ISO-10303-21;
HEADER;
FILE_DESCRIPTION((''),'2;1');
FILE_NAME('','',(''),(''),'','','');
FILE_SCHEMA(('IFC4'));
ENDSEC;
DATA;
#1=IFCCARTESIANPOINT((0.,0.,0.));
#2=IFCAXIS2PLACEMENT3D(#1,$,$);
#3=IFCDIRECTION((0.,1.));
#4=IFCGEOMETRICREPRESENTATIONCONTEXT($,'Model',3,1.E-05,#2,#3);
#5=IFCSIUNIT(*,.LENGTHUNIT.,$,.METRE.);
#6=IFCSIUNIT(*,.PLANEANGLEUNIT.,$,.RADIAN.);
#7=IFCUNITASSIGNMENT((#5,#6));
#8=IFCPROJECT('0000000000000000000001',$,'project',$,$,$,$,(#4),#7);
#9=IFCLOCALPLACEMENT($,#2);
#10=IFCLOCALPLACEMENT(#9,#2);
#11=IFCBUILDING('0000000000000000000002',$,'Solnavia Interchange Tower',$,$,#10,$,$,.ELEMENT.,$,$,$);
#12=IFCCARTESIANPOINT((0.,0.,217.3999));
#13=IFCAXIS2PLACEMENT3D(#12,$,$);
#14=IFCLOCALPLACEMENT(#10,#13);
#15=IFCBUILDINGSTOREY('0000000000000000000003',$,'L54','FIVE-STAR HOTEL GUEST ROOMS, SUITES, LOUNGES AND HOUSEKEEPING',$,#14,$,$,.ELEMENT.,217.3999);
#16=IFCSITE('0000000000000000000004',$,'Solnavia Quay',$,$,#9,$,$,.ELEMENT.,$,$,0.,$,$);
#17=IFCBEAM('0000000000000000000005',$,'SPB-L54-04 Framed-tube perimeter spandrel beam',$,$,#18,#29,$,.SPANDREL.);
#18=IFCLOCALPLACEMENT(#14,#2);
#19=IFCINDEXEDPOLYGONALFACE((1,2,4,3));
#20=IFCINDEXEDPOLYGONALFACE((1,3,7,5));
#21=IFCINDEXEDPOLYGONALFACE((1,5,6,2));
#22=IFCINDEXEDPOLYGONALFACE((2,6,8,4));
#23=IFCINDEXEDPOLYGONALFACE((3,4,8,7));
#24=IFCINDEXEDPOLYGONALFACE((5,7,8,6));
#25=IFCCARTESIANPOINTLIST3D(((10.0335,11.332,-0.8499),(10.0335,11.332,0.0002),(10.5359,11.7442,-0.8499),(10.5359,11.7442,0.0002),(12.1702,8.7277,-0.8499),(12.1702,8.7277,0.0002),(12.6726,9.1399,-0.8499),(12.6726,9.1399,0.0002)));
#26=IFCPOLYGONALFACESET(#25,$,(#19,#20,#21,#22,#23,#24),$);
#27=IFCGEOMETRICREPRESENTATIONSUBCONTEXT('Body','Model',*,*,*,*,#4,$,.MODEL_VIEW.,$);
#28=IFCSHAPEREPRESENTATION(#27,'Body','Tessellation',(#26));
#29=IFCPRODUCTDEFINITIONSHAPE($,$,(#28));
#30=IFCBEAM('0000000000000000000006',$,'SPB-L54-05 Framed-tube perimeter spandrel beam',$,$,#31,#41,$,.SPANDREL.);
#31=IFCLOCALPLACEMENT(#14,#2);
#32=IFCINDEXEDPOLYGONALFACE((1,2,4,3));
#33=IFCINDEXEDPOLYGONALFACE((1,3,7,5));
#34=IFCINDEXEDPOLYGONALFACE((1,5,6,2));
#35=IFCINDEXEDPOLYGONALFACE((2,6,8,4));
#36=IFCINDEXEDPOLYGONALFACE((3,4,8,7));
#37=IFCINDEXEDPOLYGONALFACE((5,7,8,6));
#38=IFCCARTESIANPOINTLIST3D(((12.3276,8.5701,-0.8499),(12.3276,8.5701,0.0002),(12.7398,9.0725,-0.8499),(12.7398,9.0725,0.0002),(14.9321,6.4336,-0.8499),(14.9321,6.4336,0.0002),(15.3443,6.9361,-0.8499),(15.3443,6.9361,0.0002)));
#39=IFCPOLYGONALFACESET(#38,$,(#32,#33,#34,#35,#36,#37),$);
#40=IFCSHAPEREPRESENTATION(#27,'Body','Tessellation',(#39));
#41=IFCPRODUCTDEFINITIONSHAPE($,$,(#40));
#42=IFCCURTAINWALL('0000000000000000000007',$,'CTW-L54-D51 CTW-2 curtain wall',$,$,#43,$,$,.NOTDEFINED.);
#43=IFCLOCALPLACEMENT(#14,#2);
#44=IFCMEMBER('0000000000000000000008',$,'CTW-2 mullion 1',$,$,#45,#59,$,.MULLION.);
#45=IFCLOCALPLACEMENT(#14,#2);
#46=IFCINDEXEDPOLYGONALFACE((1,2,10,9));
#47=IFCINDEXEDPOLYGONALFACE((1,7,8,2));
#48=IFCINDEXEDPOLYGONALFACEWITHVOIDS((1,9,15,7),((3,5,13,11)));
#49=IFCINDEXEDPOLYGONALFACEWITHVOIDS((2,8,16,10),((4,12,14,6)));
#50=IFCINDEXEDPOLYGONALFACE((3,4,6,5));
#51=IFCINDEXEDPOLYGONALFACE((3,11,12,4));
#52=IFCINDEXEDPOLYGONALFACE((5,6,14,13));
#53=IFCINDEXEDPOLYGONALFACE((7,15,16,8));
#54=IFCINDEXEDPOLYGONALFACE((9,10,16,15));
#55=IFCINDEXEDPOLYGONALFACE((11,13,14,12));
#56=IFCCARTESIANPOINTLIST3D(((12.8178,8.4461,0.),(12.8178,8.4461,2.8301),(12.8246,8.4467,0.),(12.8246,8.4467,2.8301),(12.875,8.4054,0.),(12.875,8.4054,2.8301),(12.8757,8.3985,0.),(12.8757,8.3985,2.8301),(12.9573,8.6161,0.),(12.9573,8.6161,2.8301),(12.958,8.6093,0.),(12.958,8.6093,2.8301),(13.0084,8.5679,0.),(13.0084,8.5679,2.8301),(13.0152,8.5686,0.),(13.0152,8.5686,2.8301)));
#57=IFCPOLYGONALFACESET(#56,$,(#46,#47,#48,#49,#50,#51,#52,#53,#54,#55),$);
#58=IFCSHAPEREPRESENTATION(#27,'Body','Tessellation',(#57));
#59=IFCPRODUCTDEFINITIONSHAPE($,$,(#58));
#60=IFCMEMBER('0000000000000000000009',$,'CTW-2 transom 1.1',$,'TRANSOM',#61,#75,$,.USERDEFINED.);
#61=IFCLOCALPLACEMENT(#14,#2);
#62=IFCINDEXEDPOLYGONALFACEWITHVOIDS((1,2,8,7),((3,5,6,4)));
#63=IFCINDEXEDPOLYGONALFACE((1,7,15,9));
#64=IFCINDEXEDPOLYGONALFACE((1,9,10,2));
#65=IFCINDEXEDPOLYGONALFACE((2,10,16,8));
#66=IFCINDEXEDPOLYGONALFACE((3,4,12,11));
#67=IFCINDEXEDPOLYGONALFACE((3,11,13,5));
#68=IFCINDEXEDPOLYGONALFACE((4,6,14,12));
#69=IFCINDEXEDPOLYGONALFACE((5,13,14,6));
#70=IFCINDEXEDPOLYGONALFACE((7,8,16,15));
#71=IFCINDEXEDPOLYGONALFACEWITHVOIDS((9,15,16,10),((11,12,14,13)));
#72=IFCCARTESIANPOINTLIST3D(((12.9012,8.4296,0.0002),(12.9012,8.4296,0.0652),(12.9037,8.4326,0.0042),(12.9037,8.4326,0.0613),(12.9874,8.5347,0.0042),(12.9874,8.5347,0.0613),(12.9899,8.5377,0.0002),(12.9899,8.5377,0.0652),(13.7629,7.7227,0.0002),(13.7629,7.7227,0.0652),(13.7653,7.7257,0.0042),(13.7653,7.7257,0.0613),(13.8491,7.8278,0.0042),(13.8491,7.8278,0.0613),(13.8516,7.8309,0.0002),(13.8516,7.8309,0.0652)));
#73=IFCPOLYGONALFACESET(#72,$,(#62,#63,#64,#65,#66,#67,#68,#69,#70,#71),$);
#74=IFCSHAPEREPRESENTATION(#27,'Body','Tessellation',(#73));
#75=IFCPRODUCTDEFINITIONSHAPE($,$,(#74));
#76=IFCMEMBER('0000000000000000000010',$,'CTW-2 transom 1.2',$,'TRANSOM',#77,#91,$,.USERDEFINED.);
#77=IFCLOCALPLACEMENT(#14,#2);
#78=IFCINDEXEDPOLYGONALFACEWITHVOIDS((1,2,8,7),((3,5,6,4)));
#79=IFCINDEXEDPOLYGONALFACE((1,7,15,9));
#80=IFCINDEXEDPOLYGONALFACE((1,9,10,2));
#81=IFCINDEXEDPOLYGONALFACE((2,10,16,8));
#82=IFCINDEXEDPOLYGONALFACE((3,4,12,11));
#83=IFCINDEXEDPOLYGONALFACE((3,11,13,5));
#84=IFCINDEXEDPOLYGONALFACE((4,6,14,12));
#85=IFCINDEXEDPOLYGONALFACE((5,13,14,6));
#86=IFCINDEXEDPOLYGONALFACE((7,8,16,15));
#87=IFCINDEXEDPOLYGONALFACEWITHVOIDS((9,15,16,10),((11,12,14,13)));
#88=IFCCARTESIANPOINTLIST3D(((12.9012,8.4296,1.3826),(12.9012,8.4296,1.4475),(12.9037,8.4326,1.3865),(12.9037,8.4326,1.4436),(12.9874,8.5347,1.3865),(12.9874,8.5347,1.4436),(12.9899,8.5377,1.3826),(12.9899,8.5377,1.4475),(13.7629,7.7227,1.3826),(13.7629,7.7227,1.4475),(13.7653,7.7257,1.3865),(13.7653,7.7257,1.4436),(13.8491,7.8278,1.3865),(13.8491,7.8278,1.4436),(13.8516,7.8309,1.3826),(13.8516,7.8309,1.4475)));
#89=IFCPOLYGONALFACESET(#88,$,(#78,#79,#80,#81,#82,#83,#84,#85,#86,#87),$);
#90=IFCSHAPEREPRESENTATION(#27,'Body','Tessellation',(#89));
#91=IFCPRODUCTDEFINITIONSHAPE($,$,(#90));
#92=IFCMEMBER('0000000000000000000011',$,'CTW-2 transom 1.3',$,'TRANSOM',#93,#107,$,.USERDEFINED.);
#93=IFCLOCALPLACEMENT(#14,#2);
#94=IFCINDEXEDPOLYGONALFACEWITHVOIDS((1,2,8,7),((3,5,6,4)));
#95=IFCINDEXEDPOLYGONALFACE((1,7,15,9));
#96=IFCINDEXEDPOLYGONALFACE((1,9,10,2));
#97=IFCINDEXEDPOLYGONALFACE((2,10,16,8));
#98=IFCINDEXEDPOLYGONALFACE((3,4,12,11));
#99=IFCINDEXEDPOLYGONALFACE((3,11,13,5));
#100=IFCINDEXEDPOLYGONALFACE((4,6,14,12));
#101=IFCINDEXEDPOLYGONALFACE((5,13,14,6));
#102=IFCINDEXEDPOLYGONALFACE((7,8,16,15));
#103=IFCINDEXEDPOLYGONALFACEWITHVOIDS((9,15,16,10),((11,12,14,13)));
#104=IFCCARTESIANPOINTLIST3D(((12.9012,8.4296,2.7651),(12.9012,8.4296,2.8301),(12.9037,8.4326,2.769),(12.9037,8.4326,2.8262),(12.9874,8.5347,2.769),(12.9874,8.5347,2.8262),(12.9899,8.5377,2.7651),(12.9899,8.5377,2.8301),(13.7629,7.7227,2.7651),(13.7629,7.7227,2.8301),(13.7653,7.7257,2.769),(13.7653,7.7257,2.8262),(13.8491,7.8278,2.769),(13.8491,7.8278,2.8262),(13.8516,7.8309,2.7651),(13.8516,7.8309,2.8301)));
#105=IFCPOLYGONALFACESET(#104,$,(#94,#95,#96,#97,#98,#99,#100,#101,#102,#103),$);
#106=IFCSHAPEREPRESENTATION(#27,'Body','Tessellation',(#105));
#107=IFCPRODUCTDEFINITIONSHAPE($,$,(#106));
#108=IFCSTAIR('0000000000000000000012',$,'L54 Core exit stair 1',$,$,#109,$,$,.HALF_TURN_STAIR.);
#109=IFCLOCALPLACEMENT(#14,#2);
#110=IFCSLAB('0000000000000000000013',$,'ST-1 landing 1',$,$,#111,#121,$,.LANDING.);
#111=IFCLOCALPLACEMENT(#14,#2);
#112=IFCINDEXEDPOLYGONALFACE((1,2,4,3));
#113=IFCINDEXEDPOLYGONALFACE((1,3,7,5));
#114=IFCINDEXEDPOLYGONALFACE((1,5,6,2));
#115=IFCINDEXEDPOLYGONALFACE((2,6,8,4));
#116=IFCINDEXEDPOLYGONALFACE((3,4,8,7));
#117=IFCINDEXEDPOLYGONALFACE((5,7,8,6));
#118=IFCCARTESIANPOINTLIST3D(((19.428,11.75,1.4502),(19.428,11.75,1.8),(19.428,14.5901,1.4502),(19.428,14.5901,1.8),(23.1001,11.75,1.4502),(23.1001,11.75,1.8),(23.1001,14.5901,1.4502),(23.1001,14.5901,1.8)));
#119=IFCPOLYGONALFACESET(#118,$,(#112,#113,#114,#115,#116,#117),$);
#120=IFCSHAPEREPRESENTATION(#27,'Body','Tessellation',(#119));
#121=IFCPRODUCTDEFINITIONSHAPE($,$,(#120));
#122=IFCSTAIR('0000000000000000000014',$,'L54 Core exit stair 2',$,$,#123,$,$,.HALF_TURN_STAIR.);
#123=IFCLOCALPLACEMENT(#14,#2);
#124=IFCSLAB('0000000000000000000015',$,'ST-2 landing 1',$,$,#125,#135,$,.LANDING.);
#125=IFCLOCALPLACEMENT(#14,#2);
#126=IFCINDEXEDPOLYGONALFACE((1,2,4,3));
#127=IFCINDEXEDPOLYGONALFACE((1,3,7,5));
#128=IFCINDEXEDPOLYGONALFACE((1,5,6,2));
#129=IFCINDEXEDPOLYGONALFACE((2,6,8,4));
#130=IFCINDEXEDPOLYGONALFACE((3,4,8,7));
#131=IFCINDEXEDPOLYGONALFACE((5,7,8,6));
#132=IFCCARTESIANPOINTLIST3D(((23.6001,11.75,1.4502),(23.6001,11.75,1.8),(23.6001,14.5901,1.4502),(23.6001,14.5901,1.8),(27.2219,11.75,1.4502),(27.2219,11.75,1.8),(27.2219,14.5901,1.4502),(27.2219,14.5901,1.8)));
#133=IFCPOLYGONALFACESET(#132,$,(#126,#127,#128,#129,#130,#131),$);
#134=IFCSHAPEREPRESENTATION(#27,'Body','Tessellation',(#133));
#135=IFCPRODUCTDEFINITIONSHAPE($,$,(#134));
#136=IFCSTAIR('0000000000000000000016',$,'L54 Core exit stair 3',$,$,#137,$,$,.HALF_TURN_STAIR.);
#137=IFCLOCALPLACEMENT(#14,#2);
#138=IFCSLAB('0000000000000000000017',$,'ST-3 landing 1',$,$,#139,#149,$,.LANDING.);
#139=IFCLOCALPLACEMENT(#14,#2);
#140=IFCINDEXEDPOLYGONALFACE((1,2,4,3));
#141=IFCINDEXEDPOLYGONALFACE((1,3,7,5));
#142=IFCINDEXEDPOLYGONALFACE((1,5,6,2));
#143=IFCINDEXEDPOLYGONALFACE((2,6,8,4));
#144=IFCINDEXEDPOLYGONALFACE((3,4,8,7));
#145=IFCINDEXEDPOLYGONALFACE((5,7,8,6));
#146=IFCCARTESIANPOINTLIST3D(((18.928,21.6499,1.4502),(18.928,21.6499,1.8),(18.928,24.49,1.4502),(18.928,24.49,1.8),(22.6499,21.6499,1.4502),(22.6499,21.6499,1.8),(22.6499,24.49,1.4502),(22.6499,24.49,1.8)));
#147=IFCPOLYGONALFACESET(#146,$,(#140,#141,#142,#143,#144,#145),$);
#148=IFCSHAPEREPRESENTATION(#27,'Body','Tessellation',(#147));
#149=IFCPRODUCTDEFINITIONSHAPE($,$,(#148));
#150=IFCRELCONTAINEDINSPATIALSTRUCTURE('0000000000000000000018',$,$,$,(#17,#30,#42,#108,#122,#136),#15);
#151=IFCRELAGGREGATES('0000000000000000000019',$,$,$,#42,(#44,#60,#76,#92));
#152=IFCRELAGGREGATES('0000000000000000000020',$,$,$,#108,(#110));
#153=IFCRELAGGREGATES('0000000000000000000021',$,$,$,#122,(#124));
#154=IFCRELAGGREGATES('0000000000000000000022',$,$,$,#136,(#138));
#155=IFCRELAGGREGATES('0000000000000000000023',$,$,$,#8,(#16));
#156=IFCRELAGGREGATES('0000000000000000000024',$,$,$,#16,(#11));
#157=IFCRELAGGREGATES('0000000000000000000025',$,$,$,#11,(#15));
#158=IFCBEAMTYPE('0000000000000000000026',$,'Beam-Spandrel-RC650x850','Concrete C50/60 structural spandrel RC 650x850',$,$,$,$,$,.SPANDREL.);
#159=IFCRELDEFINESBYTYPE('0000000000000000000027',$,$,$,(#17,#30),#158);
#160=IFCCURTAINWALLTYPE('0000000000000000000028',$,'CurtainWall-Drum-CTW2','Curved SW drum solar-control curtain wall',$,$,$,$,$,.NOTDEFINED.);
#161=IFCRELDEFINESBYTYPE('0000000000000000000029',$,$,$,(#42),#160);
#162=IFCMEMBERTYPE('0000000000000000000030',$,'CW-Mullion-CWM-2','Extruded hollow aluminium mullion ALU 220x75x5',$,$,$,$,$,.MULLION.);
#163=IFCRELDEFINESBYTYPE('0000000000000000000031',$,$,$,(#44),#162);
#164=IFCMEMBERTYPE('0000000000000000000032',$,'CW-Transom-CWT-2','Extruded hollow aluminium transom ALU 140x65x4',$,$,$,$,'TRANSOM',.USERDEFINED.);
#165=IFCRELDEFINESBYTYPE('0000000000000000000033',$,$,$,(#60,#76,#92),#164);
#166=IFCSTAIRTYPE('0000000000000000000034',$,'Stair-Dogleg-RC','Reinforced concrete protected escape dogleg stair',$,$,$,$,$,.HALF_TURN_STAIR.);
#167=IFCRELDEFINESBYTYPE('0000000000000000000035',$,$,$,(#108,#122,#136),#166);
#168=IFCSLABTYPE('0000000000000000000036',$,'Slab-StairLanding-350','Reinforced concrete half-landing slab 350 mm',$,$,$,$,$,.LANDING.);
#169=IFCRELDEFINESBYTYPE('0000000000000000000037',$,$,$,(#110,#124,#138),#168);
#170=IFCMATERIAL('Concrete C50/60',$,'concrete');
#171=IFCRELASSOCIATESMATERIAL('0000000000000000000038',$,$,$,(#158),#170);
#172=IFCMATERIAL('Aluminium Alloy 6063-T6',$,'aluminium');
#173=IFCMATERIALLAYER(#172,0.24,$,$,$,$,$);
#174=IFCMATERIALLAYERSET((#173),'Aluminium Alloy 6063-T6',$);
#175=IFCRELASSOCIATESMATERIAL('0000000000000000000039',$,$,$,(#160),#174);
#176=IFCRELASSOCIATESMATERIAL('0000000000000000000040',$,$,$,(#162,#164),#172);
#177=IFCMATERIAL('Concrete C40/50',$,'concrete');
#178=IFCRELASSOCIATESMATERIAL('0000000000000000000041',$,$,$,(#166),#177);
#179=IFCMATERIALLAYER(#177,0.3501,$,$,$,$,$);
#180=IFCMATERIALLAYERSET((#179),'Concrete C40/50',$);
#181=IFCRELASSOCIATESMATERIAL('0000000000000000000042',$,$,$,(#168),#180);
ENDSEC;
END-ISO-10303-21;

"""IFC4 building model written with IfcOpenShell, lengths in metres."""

from ifc_helpers import new_model, si_unit, direction, frame, origin, origin_2d, place, context, subcontext, project, spatial, polyline, rectangle, hollow_rectangle, outline, extrude, material, layer, layer_set, material_profile, profile_set, type_object, element, aggregate, save


model = new_model("IFC4")

# Units and contexts
model_context = context("Model", 3, precision=1e-05, world=origin(), true_north=direction((0.0, 1.0)))
body_context = subcontext(model_context, "Body", "Model", "MODEL_VIEW")
ifc_project = project(units=[si_unit("LENGTHUNIT", "METRE"), si_unit("PLANEANGLEUNIT", "RADIAN")], contexts=[model_context])

# Site, building, storey
site_placement = place(None, origin())
site = spatial("IfcSite", under=ifc_project, at=site_placement, Name="Solnavia Quay", CompositionType="ELEMENT", RefElevation=0.0)
building_placement = place(site_placement, origin())
building = spatial("IfcBuilding", under=site, at=building_placement, Name="Solnavia Interchange Tower", CompositionType="ELEMENT")
storey_placement = place(building_placement, frame((0.0, 0.0, 217.3999)))
storey = spatial("IfcBuildingStorey", under=building, at=storey_placement, Name="L54", Description="FIVE-STAR HOTEL GUEST ROOMS, SUITES, LOUNGES AND HOUSEKEEPING", CompositionType="ELEMENT", Elevation=217.3999)

# Shared definitions
ifc_material_1 = material(Name="Concrete C50/60", Category="concrete")

# Beams
ifc_material_profile_1 = material_profile(ifc_material_1, rectangle(XDim=0.6499, YDim=0.8501, at=origin_2d()), Name="RC 650x850")
ifc_profile_set_1 = profile_set([ifc_material_profile_1], Name="Concrete C50/60")
beam_type_1 = type_object("IfcBeamType", Name="Beam-Spandrel-RC650x850", Description="Concrete C50/60 structural spandrel RC 650x850", PredefinedType="SPANDREL", material=ifc_profile_set_1)
for number, where, z_axis, x_axis, name in (
    (1, (10.2847, 11.5381, -0.4248), (0.634299, -0.773088, 0.0), (0.773088, 0.634299, 0.0), "SPB-L54-04 Framed-tube perimeter spandrel beam"),
    (2, (12.5337, 8.8213, -0.4248), (0.773153, -0.63422, 0.0), (0.63422, 0.773153, 0.0), "SPB-L54-05 Framed-tube perimeter spandrel beam"),
):
    element("IfcBeam", number, at=place(storey_placement, frame(where, z_axis=z_axis, x_axis=x_axis)), inside=storey, type_object=beam_type_1, Name=name, PredefinedType="SPANDREL", context=body_context, shape_type="SweptSolid", body=[
        extrude(rectangle(XDim=0.6499, YDim=0.8501, at=origin_2d()), origin(), (0.0, 0.0, 1.0), 3.3687),
    ])

# Curtain wall, members
ifc_material_2 = material(Name="Aluminium Alloy 6063-T6", Category="aluminium")
ifc_layer_1 = layer(ifc_material_2, 0.24)
ifc_layer_set_1 = layer_set([ifc_layer_1], Name="Aluminium Alloy 6063-T6")
curtain_wall_type = type_object("IfcCurtainWallType", Name="CurtainWall-Drum-CTW2", Description="Curved SW drum solar-control curtain wall", PredefinedType="NOTDEFINED", material=ifc_layer_set_1)
curtain_wall_placement = place(storey_placement, origin())
curtain_wall = element("IfcCurtainWall", 3, at=curtain_wall_placement, inside=storey, type_object=curtain_wall_type, Name="CTW-L54-D51 CTW-2 curtain wall", PredefinedType="NOTDEFINED")
ifc_material_profile_2 = material_profile(ifc_material_2, hollow_rectangle(XDim=0.075, YDim=0.22, WallThickness=0.0049, at=origin_2d()), Name="ALU 220x75x5")
ifc_profile_set_2 = profile_set([ifc_material_profile_2], Name="Aluminium Alloy 6063-T6")
member_type_1 = type_object("IfcMemberType", Name="CW-Mullion-CWM-2", Description="Extruded hollow aluminium mullion ALU 220x75x5", PredefinedType="MULLION", material=ifc_profile_set_2)
member_1_placement = place(storey_placement, frame((12.9165, 8.5073, 0.0), z_axis=(0.0, 0.0, 1.0), x_axis=(0.773103, -0.63428, 0.0)))
member_1 = element("IfcMember", 4, at=member_1_placement, type_object=member_type_1, Name="CTW-2 mullion 1", PredefinedType="MULLION", context=body_context, shape_type="SweptSolid", body=[
    extrude(hollow_rectangle(XDim=0.075, YDim=0.22, WallThickness=0.0049, at=origin_2d()), origin(), (0.0, 0.0, 1.0), 2.8301),
])
ifc_material_profile_3 = material_profile(ifc_material_2, hollow_rectangle(XDim=0.0649, YDim=0.1399, WallThickness=0.0039, at=origin_2d()), Name="ALU 140x65x4")
ifc_profile_set_3 = profile_set([ifc_material_profile_3], Name="Aluminium Alloy 6063-T6")
member_type_2 = type_object("IfcMemberType", Name="CW-Transom-CWT-2", Description="Extruded hollow aluminium transom ALU 140x65x4", ElementType="TRANSOM", PredefinedType="USERDEFINED", material=ifc_profile_set_3)
member_2_placement = place(storey_placement, frame((12.9456, 8.4836, 0.0327), z_axis=(0.773137, -0.634239, 0.0), x_axis=(0.0, 0.0, 1.0)))
member_2 = element("IfcMember", 5, at=member_2_placement, type_object=member_type_2, Name="CTW-2 transom 1.1", ObjectType="TRANSOM", PredefinedType="USERDEFINED", context=body_context, shape_type="SweptSolid", body=[
    extrude(hollow_rectangle(XDim=0.0649, YDim=0.1399, WallThickness=0.0039, at=origin_2d()), origin(), (0.0, 0.0, 1.0), 1.1145),
])
member_3_placement = place(storey_placement, frame((12.9456, 8.4836, 1.415), z_axis=(0.773137, -0.634239, 0.0), x_axis=(0.0, 0.0, 1.0)))
member_3 = element("IfcMember", 6, at=member_3_placement, type_object=member_type_2, Name="CTW-2 transom 1.2", ObjectType="TRANSOM", PredefinedType="USERDEFINED", context=body_context, shape_type="SweptSolid", body=[
    extrude(hollow_rectangle(XDim=0.0649, YDim=0.1399, WallThickness=0.0039, at=origin_2d()), origin(), (0.0, 0.0, 1.0), 1.1145),
])
member_4_placement = place(storey_placement, frame((12.9456, 8.4836, 2.7976), z_axis=(0.773137, -0.634239, 0.0), x_axis=(0.0, 0.0, 1.0)))
member_4 = element("IfcMember", 7, at=member_4_placement, type_object=member_type_2, Name="CTW-2 transom 1.3", ObjectType="TRANSOM", PredefinedType="USERDEFINED", context=body_context, shape_type="SweptSolid", body=[
    extrude(hollow_rectangle(XDim=0.0649, YDim=0.1399, WallThickness=0.0039, at=origin_2d()), origin(), (0.0, 0.0, 1.0), 1.1145),
])
aggregate(curtain_wall, [member_1, member_2, member_3, member_4])

# Stairs, slabs
ifc_material_3 = material(Name="Concrete C40/50", Category="concrete")
stair_type = type_object("IfcStairType", Name="Stair-Dogleg-RC", Description="Reinforced concrete protected escape dogleg stair", PredefinedType="HALF_TURN_STAIR", material=ifc_material_3)
stair_1_placement = place(storey_placement, origin())
stair_1 = element("IfcStair", 8, at=stair_1_placement, inside=storey, type_object=stair_type, Name="L54 Core exit stair 1", PredefinedType="HALF_TURN_STAIR")
ifc_layer_2 = layer(ifc_material_3, 0.3501)
ifc_layer_set_2 = layer_set([ifc_layer_2], Name="Concrete C40/50")
slab_type_1 = type_object("IfcSlabType", Name="Slab-StairLanding-350", Description="Reinforced concrete half-landing slab 350 mm", PredefinedType="LANDING", material=ifc_layer_set_2)
slab_1_placement = place(storey_placement, frame((0.0, 0.0, 1.4502)))
slab_1 = element("IfcSlab", 9, at=slab_1_placement, type_object=slab_type_1, Name="ST-1 landing 1", PredefinedType="LANDING", context=body_context, shape_type="SweptSolid", body=[
    extrude(outline(polyline([(19.428, 11.75), (23.1001, 11.75), (23.1001, 14.5901), (19.428, 14.5901), (19.428, 11.75)])), origin(), (0.0, 0.0, 1.0), 0.3499),
])
aggregate(stair_1, [slab_1])
stair_2_placement = place(storey_placement, origin())
stair_2 = element("IfcStair", 10, at=stair_2_placement, inside=storey, type_object=stair_type, Name="L54 Core exit stair 2", PredefinedType="HALF_TURN_STAIR")
slab_2_placement = place(storey_placement, frame((0.0, 0.0, 1.4502)))
slab_2 = element("IfcSlab", 11, at=slab_2_placement, type_object=slab_type_1, Name="ST-2 landing 1", PredefinedType="LANDING", context=body_context, shape_type="SweptSolid", body=[
    extrude(outline(polyline([(23.6001, 11.75), (27.2219, 11.75), (27.2219, 14.5901), (23.6001, 14.5901), (23.6001, 11.75)])), origin(), (0.0, 0.0, 1.0), 0.3499),
])
aggregate(stair_2, [slab_2])
stair_3_placement = place(storey_placement, origin())
stair_3 = element("IfcStair", 12, at=stair_3_placement, inside=storey, type_object=stair_type, Name="L54 Core exit stair 3", PredefinedType="HALF_TURN_STAIR")
slab_3_placement = place(storey_placement, frame((0.0, 0.0, 1.4502)))
slab_3 = element("IfcSlab", 13, at=slab_3_placement, type_object=slab_type_1, Name="ST-3 landing 1", PredefinedType="LANDING", context=body_context, shape_type="SweptSolid", body=[
    extrude(outline(polyline([(18.928, 21.6499), (22.6499, 21.6499), (22.6499, 24.49), (18.928, 24.49), (18.928, 21.6499)])), origin(), (0.0, 0.0, 1.0), 0.3499),
])
aggregate(stair_3, [slab_3])

save(model, "model.ifc")
